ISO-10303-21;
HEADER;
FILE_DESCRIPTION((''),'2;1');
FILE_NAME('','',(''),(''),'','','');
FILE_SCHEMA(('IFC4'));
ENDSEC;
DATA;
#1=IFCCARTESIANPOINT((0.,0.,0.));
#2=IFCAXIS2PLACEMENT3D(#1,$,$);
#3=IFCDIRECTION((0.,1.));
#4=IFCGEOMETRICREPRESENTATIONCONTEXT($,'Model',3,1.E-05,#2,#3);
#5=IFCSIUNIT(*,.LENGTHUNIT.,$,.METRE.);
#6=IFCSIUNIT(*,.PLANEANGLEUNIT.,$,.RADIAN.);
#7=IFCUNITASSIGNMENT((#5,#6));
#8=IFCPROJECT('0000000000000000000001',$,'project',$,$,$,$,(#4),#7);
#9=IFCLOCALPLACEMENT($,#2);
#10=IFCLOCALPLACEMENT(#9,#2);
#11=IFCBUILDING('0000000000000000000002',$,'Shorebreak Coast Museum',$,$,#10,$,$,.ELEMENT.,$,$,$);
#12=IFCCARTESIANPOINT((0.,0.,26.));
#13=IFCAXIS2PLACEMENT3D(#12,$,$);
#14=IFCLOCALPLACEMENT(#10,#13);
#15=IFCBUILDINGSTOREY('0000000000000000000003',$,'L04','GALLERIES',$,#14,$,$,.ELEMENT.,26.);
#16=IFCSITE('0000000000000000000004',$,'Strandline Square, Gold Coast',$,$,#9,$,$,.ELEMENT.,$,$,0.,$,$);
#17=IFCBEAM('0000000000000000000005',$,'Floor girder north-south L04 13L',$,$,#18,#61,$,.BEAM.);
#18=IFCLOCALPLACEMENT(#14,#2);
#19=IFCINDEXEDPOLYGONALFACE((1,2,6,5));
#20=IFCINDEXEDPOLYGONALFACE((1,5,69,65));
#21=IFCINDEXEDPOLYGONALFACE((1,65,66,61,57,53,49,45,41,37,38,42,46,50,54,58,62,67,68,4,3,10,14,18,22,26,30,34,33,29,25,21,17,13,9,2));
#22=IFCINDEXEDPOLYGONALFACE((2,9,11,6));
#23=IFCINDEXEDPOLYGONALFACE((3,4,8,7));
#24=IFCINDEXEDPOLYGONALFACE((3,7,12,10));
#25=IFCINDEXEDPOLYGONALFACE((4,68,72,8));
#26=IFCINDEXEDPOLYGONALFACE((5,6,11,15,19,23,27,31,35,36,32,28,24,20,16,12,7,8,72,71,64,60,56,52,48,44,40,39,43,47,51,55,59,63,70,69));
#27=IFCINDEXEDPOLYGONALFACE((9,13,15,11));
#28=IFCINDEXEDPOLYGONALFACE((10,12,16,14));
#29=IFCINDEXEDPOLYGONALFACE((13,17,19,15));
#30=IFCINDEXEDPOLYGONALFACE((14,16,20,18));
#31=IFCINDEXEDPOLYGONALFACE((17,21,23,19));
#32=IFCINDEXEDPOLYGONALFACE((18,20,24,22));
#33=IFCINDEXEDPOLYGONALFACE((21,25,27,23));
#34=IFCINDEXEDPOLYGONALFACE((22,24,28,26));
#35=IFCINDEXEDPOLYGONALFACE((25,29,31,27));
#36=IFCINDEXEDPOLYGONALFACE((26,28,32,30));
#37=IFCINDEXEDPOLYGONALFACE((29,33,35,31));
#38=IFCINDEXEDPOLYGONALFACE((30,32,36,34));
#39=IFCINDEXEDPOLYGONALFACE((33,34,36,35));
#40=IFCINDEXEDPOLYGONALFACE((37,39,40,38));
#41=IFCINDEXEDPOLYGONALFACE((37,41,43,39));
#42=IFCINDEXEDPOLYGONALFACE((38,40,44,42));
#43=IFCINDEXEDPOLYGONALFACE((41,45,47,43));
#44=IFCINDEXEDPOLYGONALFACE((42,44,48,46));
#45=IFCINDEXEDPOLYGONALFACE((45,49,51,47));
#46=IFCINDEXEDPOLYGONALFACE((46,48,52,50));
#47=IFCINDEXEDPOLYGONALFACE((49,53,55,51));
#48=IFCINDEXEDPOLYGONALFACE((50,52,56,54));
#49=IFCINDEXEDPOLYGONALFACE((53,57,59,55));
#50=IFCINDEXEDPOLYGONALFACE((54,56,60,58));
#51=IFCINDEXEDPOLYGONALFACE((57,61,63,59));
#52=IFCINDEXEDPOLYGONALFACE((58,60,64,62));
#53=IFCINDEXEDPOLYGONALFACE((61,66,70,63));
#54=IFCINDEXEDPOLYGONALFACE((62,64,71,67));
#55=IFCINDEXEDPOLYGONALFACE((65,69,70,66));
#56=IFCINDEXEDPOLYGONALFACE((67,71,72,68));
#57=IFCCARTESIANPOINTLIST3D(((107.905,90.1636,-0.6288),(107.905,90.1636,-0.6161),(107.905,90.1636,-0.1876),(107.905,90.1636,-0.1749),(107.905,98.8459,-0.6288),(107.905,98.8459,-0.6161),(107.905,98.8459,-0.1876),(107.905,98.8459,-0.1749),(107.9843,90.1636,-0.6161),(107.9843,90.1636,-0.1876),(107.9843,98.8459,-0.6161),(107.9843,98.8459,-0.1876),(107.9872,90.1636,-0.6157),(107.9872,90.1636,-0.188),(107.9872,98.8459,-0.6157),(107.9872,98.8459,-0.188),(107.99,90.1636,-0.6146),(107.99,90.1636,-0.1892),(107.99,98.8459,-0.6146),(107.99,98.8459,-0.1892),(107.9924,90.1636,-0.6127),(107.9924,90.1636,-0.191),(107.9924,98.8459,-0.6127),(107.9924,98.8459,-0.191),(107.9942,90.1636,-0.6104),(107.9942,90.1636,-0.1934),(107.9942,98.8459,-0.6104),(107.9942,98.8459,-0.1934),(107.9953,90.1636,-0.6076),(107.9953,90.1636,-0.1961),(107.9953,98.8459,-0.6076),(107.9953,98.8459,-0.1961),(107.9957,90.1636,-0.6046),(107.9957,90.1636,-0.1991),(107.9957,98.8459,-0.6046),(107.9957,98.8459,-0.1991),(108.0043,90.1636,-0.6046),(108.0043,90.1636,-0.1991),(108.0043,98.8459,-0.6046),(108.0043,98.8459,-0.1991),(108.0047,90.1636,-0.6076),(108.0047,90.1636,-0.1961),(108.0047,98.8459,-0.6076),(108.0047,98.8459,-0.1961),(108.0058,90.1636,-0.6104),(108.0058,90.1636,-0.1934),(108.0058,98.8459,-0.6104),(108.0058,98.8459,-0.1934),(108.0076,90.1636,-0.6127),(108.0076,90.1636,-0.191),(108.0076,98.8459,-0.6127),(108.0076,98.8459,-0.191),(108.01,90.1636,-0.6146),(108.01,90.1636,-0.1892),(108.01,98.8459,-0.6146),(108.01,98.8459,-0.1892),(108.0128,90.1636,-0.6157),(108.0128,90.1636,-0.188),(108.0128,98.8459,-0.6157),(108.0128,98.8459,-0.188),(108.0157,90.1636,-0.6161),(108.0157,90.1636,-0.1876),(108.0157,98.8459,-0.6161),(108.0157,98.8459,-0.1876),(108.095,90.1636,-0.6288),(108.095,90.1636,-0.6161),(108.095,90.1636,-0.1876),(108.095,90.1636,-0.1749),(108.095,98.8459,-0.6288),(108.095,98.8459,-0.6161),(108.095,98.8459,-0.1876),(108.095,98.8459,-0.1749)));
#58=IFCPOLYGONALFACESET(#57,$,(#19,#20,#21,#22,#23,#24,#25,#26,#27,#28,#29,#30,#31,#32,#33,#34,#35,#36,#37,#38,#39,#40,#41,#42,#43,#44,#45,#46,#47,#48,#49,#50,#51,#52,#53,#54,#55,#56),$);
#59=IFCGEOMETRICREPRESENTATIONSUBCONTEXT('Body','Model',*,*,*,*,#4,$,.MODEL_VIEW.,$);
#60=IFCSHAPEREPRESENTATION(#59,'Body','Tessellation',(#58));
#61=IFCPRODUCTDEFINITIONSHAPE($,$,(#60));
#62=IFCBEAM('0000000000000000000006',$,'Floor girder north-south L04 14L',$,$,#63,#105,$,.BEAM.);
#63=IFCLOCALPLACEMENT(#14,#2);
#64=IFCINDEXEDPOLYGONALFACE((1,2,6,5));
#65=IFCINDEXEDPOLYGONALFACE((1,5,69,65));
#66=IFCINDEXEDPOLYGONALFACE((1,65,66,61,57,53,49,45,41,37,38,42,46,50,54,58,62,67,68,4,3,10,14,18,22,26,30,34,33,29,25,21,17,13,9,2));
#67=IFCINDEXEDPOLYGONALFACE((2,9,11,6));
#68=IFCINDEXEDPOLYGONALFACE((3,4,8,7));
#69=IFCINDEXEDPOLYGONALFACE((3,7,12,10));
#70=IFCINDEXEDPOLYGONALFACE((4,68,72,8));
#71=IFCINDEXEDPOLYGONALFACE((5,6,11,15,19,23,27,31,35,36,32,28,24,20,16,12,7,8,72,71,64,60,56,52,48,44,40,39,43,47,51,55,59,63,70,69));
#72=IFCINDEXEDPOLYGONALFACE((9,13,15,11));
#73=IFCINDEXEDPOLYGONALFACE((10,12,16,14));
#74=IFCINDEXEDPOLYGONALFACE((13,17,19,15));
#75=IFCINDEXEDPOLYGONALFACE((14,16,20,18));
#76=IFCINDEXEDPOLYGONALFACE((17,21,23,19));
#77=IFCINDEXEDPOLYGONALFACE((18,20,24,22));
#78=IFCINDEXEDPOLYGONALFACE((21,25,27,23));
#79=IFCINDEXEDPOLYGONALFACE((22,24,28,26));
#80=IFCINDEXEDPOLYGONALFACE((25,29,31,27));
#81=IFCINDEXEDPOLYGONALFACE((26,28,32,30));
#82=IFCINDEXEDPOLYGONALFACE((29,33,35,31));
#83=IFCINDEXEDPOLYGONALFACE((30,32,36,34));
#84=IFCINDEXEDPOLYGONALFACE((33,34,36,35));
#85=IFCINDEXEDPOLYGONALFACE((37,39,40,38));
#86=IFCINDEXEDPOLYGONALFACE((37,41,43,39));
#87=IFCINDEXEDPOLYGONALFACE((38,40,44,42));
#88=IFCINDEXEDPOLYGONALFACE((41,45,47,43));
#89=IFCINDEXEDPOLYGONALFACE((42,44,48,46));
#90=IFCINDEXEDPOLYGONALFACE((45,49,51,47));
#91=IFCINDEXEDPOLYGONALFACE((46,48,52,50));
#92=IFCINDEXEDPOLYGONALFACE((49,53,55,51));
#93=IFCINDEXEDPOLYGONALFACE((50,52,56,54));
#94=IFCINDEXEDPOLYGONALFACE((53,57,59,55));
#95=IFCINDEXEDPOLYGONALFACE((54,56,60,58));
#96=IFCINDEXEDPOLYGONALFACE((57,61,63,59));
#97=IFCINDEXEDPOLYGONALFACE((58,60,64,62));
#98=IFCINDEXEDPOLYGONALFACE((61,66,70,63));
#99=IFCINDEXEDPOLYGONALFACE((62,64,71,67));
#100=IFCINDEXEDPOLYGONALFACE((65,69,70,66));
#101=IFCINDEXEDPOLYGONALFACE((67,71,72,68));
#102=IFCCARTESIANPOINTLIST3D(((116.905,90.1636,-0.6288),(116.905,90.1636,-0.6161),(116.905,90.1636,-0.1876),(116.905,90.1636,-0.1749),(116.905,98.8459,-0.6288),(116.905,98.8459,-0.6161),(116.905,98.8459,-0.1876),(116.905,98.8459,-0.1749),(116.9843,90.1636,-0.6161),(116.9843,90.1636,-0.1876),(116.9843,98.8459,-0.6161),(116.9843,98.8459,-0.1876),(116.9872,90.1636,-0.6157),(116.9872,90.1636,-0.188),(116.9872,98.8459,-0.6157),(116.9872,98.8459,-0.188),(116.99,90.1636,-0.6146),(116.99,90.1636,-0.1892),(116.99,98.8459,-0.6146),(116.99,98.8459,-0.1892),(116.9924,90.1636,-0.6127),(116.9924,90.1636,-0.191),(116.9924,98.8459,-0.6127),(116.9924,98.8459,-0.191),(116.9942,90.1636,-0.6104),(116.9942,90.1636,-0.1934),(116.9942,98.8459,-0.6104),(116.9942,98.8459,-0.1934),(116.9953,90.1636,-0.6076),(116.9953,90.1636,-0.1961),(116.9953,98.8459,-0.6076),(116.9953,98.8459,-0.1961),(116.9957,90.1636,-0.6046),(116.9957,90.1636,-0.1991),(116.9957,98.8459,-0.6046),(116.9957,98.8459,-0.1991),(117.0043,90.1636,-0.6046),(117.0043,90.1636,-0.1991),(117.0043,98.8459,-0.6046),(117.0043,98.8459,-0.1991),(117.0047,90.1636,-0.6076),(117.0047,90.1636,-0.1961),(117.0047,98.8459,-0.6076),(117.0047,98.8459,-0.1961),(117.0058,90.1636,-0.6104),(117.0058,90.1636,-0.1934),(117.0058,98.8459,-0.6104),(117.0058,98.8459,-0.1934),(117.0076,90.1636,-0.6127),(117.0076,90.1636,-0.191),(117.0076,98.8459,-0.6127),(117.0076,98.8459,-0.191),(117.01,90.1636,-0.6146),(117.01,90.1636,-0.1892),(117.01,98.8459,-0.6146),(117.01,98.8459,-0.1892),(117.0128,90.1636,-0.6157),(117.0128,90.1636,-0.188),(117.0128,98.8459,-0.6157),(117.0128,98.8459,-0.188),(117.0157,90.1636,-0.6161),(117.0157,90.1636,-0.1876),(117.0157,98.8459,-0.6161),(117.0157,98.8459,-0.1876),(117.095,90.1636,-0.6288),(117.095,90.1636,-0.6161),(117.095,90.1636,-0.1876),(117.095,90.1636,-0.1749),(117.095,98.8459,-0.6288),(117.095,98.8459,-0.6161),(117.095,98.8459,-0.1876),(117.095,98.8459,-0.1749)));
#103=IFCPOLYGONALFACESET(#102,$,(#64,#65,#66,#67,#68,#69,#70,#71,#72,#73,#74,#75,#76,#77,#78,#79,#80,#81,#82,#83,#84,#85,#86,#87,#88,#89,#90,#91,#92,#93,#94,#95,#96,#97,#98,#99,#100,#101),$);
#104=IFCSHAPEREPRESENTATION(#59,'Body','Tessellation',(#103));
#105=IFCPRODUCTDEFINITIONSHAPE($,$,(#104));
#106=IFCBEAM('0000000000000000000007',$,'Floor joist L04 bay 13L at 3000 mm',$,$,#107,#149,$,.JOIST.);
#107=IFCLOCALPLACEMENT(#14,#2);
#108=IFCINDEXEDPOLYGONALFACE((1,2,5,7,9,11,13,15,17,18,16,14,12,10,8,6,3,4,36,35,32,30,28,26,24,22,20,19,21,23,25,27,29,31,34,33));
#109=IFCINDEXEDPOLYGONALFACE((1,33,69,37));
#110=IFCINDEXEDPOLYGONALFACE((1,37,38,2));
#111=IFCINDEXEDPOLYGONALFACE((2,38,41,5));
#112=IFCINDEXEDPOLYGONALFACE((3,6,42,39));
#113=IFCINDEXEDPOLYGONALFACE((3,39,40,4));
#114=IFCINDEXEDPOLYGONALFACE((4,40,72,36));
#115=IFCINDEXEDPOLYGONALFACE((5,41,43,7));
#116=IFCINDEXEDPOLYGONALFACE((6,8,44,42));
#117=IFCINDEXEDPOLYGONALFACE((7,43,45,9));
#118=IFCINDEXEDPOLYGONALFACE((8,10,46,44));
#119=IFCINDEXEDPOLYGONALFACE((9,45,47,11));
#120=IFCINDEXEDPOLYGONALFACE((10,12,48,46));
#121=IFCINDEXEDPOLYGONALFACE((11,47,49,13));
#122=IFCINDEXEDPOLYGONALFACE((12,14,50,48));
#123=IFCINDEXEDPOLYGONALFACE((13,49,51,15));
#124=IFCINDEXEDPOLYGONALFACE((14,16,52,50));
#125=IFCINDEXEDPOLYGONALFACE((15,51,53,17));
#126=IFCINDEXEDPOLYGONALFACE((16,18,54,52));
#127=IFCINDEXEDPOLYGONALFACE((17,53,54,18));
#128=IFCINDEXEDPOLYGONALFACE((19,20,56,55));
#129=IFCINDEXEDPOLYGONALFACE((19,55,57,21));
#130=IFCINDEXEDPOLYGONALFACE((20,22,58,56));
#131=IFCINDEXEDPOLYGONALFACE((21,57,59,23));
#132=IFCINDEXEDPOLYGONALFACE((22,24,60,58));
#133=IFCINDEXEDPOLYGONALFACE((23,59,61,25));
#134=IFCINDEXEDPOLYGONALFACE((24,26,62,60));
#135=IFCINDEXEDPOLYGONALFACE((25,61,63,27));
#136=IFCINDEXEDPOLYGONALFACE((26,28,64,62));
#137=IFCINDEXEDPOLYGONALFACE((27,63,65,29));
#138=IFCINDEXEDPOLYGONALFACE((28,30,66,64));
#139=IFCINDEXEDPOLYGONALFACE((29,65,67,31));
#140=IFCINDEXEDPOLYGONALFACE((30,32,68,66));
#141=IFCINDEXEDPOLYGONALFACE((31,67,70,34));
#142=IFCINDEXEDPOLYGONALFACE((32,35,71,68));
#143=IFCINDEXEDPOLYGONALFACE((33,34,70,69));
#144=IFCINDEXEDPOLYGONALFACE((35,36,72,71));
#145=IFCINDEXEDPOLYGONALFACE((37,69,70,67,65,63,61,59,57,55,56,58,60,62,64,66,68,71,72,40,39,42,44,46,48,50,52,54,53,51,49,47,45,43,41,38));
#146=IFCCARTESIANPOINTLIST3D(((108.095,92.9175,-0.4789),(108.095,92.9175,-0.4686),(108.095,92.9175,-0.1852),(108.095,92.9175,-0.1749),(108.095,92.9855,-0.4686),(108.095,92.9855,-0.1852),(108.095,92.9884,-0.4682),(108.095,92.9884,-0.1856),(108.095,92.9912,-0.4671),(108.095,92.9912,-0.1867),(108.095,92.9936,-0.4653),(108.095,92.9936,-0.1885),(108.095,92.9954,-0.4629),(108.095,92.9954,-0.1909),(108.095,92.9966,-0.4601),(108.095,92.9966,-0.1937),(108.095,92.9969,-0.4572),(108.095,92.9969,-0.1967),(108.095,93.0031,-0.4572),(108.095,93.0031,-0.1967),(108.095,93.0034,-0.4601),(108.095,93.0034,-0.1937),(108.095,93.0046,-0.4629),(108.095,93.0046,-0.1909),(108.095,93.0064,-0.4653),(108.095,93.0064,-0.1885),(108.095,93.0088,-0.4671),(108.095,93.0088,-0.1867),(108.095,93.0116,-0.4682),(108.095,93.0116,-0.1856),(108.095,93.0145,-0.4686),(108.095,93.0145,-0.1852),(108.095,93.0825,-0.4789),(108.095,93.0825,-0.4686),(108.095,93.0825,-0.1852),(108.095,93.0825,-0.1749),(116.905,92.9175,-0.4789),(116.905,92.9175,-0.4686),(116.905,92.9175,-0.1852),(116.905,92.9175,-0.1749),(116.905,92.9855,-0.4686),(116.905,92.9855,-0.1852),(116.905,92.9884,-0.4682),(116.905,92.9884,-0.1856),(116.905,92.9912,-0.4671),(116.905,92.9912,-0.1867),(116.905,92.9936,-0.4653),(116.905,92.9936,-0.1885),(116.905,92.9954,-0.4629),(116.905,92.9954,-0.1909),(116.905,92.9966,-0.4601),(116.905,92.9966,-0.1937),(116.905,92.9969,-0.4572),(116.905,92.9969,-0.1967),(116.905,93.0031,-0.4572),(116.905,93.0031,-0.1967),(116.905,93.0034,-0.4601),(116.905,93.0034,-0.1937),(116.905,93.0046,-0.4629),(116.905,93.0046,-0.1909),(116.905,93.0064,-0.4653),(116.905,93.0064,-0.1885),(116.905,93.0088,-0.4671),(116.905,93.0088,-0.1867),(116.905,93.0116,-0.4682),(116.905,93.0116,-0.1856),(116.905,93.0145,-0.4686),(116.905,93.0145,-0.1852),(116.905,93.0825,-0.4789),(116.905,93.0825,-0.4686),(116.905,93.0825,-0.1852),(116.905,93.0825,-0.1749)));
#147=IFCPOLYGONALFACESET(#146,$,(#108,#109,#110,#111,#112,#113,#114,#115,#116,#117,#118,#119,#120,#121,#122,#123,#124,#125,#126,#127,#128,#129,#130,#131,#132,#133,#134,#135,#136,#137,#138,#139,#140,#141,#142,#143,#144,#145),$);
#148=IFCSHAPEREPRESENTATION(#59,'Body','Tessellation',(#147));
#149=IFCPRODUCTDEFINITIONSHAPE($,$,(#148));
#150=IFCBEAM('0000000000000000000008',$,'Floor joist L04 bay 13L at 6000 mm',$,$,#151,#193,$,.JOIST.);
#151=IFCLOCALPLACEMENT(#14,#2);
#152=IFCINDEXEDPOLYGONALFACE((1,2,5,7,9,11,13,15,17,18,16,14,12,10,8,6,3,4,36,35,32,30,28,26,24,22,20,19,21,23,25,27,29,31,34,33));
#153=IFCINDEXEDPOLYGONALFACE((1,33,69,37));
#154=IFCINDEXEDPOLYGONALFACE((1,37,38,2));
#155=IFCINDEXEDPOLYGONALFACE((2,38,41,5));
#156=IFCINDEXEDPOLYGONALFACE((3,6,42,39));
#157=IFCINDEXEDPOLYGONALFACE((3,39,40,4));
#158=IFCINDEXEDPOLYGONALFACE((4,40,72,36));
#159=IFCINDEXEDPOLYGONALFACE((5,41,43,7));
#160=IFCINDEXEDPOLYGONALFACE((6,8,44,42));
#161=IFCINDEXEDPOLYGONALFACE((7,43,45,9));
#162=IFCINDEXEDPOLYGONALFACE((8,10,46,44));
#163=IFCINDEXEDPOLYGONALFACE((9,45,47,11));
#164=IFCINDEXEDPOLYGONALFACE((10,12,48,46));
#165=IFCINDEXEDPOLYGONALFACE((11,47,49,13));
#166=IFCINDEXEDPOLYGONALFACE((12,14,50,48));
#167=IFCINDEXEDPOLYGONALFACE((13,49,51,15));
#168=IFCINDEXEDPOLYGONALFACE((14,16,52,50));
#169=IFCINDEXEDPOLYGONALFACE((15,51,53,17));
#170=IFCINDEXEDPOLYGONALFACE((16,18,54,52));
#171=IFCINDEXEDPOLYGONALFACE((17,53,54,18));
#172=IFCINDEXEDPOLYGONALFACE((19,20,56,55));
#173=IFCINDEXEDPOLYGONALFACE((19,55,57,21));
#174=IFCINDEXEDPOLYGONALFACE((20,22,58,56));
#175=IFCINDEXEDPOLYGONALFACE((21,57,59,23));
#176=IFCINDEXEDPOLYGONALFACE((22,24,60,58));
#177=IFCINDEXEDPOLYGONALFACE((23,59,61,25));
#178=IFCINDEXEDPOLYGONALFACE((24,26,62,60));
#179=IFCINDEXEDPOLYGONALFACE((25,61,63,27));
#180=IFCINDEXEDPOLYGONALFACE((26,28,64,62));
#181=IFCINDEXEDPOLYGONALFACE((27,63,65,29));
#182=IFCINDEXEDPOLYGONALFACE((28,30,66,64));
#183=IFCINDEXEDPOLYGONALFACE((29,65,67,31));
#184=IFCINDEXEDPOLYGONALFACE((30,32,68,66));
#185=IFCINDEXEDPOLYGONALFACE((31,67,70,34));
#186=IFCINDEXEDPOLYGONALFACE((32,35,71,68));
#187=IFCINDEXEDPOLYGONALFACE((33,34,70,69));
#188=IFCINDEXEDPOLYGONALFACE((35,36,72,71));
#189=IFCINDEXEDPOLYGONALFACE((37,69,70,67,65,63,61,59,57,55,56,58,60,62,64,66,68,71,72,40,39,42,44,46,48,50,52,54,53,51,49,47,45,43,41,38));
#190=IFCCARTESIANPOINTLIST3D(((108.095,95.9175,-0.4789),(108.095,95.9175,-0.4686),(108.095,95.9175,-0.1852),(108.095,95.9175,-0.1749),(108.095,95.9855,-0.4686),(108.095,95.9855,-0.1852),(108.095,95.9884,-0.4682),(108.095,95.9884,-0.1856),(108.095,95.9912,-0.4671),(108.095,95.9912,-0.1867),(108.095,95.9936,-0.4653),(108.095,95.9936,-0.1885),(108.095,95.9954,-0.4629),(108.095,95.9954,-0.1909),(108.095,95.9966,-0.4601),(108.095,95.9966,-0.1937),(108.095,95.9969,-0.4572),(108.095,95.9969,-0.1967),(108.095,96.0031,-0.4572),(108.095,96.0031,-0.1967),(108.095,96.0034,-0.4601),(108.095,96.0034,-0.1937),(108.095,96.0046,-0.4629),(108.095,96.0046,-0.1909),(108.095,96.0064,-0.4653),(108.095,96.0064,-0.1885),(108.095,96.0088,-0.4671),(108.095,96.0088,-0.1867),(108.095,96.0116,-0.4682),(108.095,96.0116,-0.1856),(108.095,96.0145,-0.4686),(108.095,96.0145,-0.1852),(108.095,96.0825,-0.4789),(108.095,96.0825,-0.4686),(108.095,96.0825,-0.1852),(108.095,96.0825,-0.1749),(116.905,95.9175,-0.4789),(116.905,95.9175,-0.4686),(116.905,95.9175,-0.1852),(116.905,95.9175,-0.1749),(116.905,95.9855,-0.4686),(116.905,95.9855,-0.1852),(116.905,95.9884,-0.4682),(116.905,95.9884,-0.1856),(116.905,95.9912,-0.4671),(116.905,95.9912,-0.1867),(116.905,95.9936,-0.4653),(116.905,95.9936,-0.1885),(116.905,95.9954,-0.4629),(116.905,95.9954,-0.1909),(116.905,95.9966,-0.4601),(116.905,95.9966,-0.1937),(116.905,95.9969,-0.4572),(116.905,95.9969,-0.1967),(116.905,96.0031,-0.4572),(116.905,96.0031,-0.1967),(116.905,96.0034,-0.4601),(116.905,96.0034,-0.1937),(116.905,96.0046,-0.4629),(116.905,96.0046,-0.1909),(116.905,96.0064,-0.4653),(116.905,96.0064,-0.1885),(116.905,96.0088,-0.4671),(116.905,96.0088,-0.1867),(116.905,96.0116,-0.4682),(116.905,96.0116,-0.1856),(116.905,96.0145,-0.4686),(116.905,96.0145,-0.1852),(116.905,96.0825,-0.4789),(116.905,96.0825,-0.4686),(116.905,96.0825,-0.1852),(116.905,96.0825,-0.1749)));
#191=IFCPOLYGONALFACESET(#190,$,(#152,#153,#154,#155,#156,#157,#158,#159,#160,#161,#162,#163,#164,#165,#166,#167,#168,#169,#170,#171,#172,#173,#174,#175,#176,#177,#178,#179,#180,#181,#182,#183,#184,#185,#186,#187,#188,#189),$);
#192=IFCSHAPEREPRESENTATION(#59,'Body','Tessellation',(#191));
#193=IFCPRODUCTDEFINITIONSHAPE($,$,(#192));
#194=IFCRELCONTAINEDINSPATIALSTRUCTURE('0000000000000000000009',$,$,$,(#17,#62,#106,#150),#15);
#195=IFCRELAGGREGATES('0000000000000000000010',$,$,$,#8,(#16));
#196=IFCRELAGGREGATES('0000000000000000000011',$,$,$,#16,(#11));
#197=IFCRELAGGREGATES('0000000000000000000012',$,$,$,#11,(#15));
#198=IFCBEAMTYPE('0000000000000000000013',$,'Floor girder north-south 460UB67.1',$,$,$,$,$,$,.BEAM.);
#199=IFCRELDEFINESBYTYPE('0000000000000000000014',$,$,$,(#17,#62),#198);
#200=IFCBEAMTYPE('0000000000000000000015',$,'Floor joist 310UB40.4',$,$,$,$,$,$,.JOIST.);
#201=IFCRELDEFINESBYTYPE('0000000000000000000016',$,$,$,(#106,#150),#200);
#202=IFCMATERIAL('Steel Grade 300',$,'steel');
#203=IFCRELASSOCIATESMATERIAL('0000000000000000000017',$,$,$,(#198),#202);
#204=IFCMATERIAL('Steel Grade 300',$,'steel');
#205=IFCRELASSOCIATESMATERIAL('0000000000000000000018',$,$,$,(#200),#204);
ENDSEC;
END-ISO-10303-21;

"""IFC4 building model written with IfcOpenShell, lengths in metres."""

from ifc_helpers import new_model, si_unit, direction, frame, origin, origin_2d, place, context, subcontext, project, spatial, i_section, extrude, material, material_profile, profile_set, type_object, element, save


model = new_model("IFC4")

# Units and contexts
model_context = context("Model", 3, precision=1e-05, world=origin(), true_north=direction((0.0, 1.0)))
body_context = subcontext(model_context, "Body", "Model", "MODEL_VIEW")
ifc_project = project(units=[si_unit("LENGTHUNIT", "METRE"), si_unit("PLANEANGLEUNIT", "RADIAN")], contexts=[model_context])

# Site, building, storey
site_placement = place(None, origin())
site = spatial("IfcSite", under=ifc_project, at=site_placement, Name="Strandline Square, Gold Coast", CompositionType="ELEMENT", RefElevation=0.0)
building_placement = place(site_placement, origin())
building = spatial("IfcBuilding", under=site, at=building_placement, Name="Shorebreak Coast Museum", CompositionType="ELEMENT")
storey_placement = place(building_placement, frame((0.0, 0.0, 26.0)))
storey = spatial("IfcBuildingStorey", under=building, at=storey_placement, Name="L04", Description="GALLERIES", CompositionType="ELEMENT", Elevation=26.0)

# Beams
ifc_material_1 = material(Name="Steel Grade 300", Category="steel")
ifc_material_profile_1 = material_profile(ifc_material_1, i_section(OverallWidth=0.1899, OverallDepth=0.4539, WebThickness=0.0085, FlangeThickness=0.0127, FilletRadius=0.0115, at=origin_2d()), Name="460UB67.1")
ifc_profile_set_1 = profile_set([ifc_material_profile_1], Name="Steel Grade 300")
beam_type_1 = type_object("IfcBeamType", Name="Floor girder north-south 460UB67.1", PredefinedType="BEAM", material=ifc_profile_set_1)
for number, where, z_axis, x_axis, name in (
    (1, (108.0, 90.1636, -0.4019), (0.0, 1.0, 0.0), (-1.0, 0.0, 0.0), "Floor girder north-south L04 13L"),
    (2, (117.0, 90.1636, -0.4019), (0.0, 1.0, 0.0), (-1.0, 0.0, 0.0), "Floor girder north-south L04 14L"),
):
    element("IfcBeam", number, at=place(storey_placement, frame(where, z_axis=z_axis, x_axis=x_axis)), inside=storey, type_object=beam_type_1, Name=name, PredefinedType="BEAM", context=body_context, shape_type="SweptSolid", body=[
        extrude(i_section(OverallWidth=0.1899, OverallDepth=0.4539, WebThickness=0.0085, FlangeThickness=0.0127, FilletRadius=0.0115, at=origin_2d()), origin(), (0.0, 0.0, 1.0), 8.6824),
    ])
ifc_material_2 = material(Name="Steel Grade 300", Category="steel")
ifc_material_profile_2 = material_profile(ifc_material_2, i_section(OverallWidth=0.165, OverallDepth=0.304, WebThickness=0.0061, FlangeThickness=0.0103, FilletRadius=0.0115, at=origin_2d()), Name="310UB40.4")
ifc_profile_set_2 = profile_set([ifc_material_profile_2], Name="Steel Grade 300")
beam_type_2 = type_object("IfcBeamType", Name="Floor joist 310UB40.4", PredefinedType="JOIST", material=ifc_profile_set_2)
for number, where, z_axis, x_axis, name in (
    (3, (108.095, 93.0, -0.3269), (1.0, 0.0, 0.0), (0.0, 1.0, 0.0), "Floor joist L04 bay 13L at 3000 mm"),
    (4, (108.095, 96.0, -0.3269), (1.0, 0.0, 0.0), (0.0, 1.0, 0.0), "Floor joist L04 bay 13L at 6000 mm"),
):
    element("IfcBeam", number, at=place(storey_placement, frame(where, z_axis=z_axis, x_axis=x_axis)), inside=storey, type_object=beam_type_2, Name=name, PredefinedType="JOIST", context=body_context, shape_type="SweptSolid", body=[
        extrude(i_section(OverallWidth=0.165, OverallDepth=0.304, WebThickness=0.0061, FlangeThickness=0.0103, FilletRadius=0.0115, at=origin_2d()), origin(), (0.0, 0.0, 1.0), 8.8101),
    ])

save(model, "model.ifc")
